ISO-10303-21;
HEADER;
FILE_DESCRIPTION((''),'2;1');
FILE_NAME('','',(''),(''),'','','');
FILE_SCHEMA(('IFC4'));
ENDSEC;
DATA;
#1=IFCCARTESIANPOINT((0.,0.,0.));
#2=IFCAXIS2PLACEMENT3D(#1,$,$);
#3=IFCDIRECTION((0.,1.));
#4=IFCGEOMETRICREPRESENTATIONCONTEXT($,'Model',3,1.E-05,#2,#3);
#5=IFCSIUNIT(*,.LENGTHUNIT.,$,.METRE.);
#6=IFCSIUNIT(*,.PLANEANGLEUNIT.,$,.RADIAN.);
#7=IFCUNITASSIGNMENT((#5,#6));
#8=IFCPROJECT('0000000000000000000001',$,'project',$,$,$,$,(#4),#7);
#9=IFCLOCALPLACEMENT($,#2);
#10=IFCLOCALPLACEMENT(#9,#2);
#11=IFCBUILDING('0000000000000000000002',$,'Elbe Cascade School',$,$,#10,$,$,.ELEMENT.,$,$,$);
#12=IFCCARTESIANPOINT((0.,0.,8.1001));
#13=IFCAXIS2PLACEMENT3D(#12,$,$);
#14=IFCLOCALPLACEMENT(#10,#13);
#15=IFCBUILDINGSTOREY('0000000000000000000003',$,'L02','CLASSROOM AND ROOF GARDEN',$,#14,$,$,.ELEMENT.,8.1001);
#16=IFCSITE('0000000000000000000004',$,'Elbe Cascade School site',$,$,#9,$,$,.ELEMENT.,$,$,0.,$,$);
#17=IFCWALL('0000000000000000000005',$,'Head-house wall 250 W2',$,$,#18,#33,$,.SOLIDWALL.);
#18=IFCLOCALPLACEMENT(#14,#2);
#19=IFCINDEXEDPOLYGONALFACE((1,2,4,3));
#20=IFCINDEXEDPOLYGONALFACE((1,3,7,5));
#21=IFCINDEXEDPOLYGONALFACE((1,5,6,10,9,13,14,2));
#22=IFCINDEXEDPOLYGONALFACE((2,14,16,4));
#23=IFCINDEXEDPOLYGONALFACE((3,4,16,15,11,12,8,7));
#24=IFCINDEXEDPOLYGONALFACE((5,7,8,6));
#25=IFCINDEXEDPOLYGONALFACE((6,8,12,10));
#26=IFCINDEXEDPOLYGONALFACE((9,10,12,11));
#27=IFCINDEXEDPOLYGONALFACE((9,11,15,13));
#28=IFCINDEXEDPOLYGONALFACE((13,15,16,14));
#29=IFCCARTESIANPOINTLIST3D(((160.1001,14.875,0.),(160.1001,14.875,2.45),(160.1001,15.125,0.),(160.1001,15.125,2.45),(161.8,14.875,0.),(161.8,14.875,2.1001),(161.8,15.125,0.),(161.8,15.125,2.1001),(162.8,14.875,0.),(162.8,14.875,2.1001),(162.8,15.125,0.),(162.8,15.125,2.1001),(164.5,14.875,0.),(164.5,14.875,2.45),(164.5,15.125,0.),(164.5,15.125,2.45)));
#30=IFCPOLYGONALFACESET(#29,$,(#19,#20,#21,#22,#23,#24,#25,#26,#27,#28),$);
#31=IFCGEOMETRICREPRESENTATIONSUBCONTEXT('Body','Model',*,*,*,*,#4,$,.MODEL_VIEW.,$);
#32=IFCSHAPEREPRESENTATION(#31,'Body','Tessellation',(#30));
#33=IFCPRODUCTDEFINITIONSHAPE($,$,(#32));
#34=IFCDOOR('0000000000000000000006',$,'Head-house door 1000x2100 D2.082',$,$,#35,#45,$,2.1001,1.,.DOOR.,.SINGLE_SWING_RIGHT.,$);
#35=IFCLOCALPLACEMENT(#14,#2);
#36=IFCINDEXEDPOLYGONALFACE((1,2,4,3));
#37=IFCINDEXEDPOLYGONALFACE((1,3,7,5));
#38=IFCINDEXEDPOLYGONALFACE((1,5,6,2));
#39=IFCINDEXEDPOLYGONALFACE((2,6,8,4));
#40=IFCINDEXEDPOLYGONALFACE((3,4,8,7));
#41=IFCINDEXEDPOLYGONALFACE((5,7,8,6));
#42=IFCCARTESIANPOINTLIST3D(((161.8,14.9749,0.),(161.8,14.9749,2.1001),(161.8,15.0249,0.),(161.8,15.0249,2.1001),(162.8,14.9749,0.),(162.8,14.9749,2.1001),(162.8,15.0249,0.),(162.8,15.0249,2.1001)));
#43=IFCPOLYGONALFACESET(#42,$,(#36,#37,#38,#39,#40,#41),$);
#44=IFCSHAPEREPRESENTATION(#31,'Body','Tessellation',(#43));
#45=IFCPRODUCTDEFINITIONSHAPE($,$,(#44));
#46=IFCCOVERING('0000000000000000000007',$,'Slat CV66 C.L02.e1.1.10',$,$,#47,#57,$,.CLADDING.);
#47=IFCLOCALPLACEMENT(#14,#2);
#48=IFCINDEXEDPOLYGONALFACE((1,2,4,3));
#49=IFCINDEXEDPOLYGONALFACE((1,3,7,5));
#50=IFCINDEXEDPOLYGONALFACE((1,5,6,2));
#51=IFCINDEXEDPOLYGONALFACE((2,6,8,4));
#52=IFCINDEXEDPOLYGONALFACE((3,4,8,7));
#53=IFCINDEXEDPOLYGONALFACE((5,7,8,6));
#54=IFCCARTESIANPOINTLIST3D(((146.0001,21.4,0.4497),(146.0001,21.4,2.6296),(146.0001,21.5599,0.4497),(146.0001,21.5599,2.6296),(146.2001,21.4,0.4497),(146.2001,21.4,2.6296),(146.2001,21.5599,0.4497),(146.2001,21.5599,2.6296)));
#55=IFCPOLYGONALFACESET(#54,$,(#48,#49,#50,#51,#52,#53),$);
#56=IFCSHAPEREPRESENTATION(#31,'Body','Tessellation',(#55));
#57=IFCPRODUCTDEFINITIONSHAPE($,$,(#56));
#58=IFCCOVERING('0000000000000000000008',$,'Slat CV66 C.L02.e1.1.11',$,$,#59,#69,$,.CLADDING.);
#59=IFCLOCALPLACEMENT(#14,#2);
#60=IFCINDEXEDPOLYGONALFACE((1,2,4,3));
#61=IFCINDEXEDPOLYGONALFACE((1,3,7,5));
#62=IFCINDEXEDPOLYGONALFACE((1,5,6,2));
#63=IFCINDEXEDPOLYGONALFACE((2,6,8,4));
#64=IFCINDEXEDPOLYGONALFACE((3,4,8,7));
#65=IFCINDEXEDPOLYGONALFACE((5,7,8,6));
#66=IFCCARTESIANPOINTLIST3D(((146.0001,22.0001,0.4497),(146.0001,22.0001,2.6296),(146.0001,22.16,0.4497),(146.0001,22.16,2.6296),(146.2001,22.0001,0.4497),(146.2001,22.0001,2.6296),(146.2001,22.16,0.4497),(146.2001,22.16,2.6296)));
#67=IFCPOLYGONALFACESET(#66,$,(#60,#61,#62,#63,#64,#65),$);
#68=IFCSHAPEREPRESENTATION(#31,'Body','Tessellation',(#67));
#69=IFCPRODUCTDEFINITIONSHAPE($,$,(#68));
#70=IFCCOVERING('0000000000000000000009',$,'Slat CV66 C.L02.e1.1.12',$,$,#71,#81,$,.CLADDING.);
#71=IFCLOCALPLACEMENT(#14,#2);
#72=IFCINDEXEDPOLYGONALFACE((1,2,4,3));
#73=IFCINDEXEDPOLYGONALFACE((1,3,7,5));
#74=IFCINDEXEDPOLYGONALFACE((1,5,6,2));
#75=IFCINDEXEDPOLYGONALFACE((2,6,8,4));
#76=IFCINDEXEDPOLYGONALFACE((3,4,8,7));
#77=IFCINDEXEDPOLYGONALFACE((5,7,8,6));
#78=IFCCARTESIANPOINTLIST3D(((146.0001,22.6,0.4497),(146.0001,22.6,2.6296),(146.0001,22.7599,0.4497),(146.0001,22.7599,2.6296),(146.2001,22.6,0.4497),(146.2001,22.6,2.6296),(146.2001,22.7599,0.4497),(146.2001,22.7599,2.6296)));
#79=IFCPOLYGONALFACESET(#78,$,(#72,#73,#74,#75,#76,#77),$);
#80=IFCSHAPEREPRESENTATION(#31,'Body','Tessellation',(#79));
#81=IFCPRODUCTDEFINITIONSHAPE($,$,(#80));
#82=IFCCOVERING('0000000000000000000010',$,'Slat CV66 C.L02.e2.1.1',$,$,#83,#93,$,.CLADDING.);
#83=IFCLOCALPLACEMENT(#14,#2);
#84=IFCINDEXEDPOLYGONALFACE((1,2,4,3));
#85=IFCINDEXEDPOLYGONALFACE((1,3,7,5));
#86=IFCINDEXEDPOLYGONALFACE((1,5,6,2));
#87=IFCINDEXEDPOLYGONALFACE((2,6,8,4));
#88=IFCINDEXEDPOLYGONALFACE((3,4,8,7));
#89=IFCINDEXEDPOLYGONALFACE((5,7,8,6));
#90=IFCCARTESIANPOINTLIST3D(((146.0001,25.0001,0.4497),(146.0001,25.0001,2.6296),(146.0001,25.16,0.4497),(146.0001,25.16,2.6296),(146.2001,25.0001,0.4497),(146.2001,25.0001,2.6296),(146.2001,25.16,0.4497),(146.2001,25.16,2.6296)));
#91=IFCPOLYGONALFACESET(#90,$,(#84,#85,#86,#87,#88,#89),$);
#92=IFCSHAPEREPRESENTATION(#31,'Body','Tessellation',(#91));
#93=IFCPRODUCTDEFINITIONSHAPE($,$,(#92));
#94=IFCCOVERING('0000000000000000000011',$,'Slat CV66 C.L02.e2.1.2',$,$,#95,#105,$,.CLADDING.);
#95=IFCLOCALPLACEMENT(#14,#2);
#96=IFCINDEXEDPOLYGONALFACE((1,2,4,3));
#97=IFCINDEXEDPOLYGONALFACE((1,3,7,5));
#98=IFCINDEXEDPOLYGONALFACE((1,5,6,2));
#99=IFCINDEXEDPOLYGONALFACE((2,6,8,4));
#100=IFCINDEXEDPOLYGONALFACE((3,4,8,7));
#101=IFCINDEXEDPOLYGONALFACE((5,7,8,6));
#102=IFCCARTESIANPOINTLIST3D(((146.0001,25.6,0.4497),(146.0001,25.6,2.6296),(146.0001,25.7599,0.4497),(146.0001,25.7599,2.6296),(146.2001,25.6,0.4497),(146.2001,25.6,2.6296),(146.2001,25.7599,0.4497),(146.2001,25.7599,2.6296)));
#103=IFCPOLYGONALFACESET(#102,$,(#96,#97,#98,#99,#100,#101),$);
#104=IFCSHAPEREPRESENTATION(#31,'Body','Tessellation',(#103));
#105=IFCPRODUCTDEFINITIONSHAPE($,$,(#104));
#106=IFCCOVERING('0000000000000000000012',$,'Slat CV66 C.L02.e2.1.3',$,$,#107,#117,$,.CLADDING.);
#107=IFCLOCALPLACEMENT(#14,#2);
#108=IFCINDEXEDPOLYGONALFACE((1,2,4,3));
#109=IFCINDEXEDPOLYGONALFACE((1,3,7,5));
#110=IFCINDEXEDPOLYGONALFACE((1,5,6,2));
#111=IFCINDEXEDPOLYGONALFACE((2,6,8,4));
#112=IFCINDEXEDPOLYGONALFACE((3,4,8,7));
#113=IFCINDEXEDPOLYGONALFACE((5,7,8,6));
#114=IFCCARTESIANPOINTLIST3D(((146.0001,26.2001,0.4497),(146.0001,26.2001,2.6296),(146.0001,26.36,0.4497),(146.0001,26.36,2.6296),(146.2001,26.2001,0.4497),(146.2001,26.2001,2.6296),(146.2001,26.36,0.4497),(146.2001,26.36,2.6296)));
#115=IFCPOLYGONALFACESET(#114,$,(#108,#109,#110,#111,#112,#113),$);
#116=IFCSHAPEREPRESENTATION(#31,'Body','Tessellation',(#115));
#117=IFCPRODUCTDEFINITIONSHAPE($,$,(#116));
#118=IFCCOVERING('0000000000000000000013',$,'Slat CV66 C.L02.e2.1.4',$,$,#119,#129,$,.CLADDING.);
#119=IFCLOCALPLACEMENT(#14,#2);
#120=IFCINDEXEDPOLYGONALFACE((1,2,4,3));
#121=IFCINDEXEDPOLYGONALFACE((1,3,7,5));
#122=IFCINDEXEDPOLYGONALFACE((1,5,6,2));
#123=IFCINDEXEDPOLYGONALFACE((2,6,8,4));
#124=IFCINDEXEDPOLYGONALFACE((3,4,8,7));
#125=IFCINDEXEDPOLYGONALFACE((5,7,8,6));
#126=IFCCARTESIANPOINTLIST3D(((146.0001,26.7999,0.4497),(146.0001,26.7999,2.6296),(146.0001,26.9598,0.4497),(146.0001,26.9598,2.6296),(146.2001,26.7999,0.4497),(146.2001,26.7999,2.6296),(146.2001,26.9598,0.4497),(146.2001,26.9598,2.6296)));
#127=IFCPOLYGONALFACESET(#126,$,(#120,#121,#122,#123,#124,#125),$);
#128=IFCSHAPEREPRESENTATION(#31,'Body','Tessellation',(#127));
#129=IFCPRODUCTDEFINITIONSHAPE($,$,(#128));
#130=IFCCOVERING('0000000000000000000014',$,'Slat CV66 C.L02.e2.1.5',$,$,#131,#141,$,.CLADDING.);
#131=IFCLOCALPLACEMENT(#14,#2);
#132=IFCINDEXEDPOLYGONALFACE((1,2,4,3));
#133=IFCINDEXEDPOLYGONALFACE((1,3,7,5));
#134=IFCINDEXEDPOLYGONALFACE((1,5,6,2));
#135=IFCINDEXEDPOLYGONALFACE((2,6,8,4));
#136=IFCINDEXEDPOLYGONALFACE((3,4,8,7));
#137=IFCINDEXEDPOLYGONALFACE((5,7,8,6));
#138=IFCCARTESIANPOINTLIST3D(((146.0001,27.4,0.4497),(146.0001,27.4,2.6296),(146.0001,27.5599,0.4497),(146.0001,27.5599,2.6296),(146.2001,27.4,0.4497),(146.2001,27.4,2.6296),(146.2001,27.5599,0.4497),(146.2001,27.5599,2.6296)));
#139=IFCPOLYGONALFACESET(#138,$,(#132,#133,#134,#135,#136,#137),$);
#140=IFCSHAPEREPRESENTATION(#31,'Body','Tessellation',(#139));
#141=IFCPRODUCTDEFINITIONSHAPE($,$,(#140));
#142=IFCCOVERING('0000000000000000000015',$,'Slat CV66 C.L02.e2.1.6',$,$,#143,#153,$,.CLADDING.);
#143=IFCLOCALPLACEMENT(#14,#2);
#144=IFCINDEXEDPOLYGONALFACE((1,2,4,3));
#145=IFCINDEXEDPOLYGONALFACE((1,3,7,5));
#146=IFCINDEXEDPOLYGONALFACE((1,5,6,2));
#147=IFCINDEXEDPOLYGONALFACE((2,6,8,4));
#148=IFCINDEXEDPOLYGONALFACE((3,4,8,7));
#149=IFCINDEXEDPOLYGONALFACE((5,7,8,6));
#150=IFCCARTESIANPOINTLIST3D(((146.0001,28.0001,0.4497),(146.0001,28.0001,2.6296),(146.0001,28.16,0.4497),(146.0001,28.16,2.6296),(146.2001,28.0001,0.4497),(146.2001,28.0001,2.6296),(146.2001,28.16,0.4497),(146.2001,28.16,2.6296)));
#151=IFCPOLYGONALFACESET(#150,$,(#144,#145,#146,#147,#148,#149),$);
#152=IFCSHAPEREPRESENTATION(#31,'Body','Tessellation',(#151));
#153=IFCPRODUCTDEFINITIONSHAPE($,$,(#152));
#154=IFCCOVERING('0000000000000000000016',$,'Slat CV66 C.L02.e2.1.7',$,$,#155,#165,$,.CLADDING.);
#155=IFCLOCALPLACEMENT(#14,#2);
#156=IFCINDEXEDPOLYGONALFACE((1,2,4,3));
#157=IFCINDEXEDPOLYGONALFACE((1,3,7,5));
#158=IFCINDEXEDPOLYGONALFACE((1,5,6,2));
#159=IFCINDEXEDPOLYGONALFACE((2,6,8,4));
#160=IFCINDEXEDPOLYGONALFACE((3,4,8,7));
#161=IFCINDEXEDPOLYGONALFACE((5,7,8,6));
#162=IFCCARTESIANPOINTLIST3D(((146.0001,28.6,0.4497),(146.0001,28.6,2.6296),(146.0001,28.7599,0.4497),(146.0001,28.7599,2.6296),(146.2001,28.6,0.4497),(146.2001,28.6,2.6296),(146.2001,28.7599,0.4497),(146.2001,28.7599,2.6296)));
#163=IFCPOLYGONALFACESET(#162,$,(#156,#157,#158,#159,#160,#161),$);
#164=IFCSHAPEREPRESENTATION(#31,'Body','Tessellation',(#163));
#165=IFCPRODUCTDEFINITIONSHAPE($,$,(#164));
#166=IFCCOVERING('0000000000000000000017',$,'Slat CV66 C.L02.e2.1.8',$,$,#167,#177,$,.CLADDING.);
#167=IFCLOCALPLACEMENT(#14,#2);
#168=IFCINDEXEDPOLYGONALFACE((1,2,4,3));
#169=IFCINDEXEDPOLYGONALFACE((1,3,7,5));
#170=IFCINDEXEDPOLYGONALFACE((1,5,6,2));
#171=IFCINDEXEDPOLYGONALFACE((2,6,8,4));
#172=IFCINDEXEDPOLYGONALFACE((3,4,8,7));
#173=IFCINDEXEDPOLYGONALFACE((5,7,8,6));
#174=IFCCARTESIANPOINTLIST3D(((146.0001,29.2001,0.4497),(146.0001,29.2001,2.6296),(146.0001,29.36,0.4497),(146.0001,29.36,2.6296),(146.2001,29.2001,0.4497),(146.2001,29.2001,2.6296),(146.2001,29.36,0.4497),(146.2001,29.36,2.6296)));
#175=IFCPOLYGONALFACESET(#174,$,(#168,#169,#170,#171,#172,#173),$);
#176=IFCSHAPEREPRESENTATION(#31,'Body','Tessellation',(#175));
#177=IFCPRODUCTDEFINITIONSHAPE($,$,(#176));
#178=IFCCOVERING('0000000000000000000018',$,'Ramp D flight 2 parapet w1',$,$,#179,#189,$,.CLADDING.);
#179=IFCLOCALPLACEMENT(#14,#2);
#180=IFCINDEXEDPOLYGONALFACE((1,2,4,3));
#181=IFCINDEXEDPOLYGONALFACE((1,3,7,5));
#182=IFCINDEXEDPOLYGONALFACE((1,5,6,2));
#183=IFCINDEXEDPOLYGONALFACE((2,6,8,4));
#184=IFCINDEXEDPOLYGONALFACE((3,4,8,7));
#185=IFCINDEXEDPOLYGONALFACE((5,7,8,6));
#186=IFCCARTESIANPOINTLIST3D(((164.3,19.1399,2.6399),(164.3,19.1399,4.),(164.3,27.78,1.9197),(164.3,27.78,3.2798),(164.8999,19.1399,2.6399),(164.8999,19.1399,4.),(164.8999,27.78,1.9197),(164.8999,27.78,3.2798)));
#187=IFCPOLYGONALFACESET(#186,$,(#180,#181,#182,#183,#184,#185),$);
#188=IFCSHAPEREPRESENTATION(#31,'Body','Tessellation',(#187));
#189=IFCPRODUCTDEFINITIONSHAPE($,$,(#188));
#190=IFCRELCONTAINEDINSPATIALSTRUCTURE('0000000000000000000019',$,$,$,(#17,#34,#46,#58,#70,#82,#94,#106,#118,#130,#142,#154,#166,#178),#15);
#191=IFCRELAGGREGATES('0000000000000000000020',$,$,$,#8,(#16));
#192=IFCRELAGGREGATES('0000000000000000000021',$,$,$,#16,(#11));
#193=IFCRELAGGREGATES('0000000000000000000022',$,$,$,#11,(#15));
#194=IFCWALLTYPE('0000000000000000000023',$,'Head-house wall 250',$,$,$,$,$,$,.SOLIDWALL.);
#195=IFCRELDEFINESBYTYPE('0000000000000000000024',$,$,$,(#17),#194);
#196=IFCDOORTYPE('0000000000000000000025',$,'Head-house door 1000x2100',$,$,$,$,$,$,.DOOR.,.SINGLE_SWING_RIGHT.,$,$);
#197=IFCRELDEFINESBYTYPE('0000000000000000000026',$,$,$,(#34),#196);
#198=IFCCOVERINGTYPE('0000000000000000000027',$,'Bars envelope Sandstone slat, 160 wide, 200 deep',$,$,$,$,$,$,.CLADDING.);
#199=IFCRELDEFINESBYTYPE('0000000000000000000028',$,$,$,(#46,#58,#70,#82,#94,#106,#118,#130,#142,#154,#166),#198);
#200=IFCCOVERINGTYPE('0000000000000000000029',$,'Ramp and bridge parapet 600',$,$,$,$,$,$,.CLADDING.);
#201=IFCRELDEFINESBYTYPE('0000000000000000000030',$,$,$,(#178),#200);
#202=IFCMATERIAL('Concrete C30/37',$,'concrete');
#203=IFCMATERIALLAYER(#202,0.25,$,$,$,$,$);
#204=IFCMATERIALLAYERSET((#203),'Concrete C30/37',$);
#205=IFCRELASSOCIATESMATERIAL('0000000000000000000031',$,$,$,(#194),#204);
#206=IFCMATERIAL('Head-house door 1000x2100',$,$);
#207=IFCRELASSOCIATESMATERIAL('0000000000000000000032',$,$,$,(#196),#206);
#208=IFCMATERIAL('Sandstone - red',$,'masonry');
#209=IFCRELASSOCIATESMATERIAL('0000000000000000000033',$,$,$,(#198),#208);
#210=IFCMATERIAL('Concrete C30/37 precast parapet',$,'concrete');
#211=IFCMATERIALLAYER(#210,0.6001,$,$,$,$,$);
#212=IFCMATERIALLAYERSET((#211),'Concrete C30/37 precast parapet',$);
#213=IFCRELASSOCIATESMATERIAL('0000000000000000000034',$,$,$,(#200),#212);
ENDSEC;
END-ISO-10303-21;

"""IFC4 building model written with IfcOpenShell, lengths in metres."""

from ifc_helpers import new_model, si_unit, direction, frame, frame_2d, origin, origin_2d, place, context, subcontext, project, spatial, polyline, rectangle, outline, extrude, material, layer, layer_set, type_object, element, fill, save


model = new_model("IFC4")

# Units and contexts
model_context = context("Model", 3, precision=1e-05, world=origin(), true_north=direction((0.0, 1.0)))
body_context = subcontext(model_context, "Body", "Model", "MODEL_VIEW")
ifc_project = project(units=[si_unit("LENGTHUNIT", "METRE"), si_unit("PLANEANGLEUNIT", "RADIAN")], contexts=[model_context])

# Site, building, storey
site_placement = place(None, origin())
site = spatial("IfcSite", under=ifc_project, at=site_placement, Name="Elbe Cascade School site", CompositionType="ELEMENT", RefElevation=0.0)
building_placement = place(site_placement, origin())
building = spatial("IfcBuilding", under=site, at=building_placement, Name="Elbe Cascade School", CompositionType="ELEMENT")
storey_placement = place(building_placement, frame((0.0, 0.0, 8.1001)))
storey = spatial("IfcBuildingStorey", under=building, at=storey_placement, Name="L02", Description="CLASSROOM AND ROOF GARDEN", CompositionType="ELEMENT", Elevation=8.1001)

# Wall, opening, door
ifc_material_1 = material(Name="Concrete C30/37", Category="concrete")
ifc_layer_1 = layer(ifc_material_1, 0.25)
ifc_layer_set_1 = layer_set([ifc_layer_1], Name="Concrete C30/37")
wall_type = type_object("IfcWallType", Name="Head-house wall 250", PredefinedType="SOLIDWALL", material=ifc_layer_set_1)
wall_placement = place(storey_placement, frame((160.1001, 15.0, 0.0), z_axis=(0.0, 0.0, 1.0), x_axis=(1.0, 0.0, 0.0)))
wall = element("IfcWall", 1, at=wall_placement, inside=storey, type_object=wall_type, Name="Head-house wall 250 W2", PredefinedType="SOLIDWALL", context=body_context, shape_type="SweptSolid", body=[
    extrude(rectangle(XDim=4.3999, YDim=0.25, at=frame_2d((2.2, 0.0))), origin(), (0.0, 0.0, 1.0), 2.45),
])
opening_placement = place(wall_placement, frame((1.7, 0.0, 0.0)))
opening = element("IfcOpeningElement", 2, at=opening_placement, cuts=wall, PredefinedType="OPENING", context=body_context, shape_type="SweptSolid", body=[
    extrude(rectangle(XDim=1.0, YDim=2.1001, at=frame_2d((0.5, 1.05))), frame((0.0, 0.135, 0.0), z_axis=(0.0, -1.0, 0.0), x_axis=(1.0, 0.0, 0.0)), (0.0, 0.0, 1.0), 0.27),
])
ifc_material_2 = material(Name="Head-house door 1000x2100")
door_type = type_object("IfcDoorType", Name="Head-house door 1000x2100", OperationType="SINGLE_SWING_RIGHT", PredefinedType="DOOR", material=ifc_material_2)
door_placement = place(opening_placement, origin())
door = element("IfcDoor", 3, at=door_placement, inside=storey, type_object=door_type, Name="Head-house door 1000x2100 D2.082", OperationType="SINGLE_SWING_RIGHT", OverallHeight=2.1001, OverallWidth=1.0, PredefinedType="DOOR", context=body_context, shape_type="SweptSolid", body=[
    extrude(rectangle(XDim=1.0, YDim=2.1001, at=frame_2d((0.5, 1.05))), frame((0.0, 0.0249, 0.0), z_axis=(0.0, -1.0, 0.0), x_axis=(1.0, 0.0, 0.0)), (0.0, 0.0, 1.0), 0.05),
])
fill(opening, door)

# Coverings
ifc_material_3 = material(Name="Sandstone - red", Category="masonry")
covering_type_1 = type_object("IfcCoveringType", Name="Bars envelope Sandstone slat, 160 wide, 200 deep", PredefinedType="CLADDING", material=ifc_material_3)
for number, where, z_axis, x_axis, name in (
    (4, (146.1001, 21.48, 0.4497), (0.0, 0.0, 1.0), (0.0, 1.0, 0.0), "Slat CV66 C.L02.e1.1.10"),
    (5, (146.1001, 22.0801, 0.4497), (0.0, 0.0, 1.0), (0.0, 1.0, 0.0), "Slat CV66 C.L02.e1.1.11"),
    (6, (146.1001, 22.6799, 0.4497), (0.0, 0.0, 1.0), (0.0, 1.0, 0.0), "Slat CV66 C.L02.e1.1.12"),
    (7, (146.1001, 25.0801, 0.4497), (0.0, 0.0, 1.0), (0.0, 1.0, 0.0), "Slat CV66 C.L02.e2.1.1"),
    (8, (146.1001, 25.6799, 0.4497), (0.0, 0.0, 1.0), (0.0, 1.0, 0.0), "Slat CV66 C.L02.e2.1.2"),
    (9, (146.1001, 26.28, 0.4497), (0.0, 0.0, 1.0), (0.0, 1.0, 0.0), "Slat CV66 C.L02.e2.1.3"),
    (10, (146.1001, 26.8799, 0.4497), (0.0, 0.0, 1.0), (0.0, 1.0, 0.0), "Slat CV66 C.L02.e2.1.4"),
    (11, (146.1001, 27.48, 0.4497), (0.0, 0.0, 1.0), (0.0, 1.0, 0.0), "Slat CV66 C.L02.e2.1.5"),
    (12, (146.1001, 28.0801, 0.4497), (0.0, 0.0, 1.0), (0.0, 1.0, 0.0), "Slat CV66 C.L02.e2.1.6"),
    (13, (146.1001, 28.6799, 0.4497), (0.0, 0.0, 1.0), (0.0, 1.0, 0.0), "Slat CV66 C.L02.e2.1.7"),
    (14, (146.1001, 29.28, 0.4497), (0.0, 0.0, 1.0), (0.0, 1.0, 0.0), "Slat CV66 C.L02.e2.1.8"),
):
    element("IfcCovering", number, at=place(storey_placement, frame(where, z_axis=z_axis, x_axis=x_axis)), inside=storey, type_object=covering_type_1, Name=name, PredefinedType="CLADDING", context=body_context, shape_type="SweptSolid", body=[
        extrude(rectangle(XDim=0.1599, YDim=0.2, at=origin_2d()), origin(), (0.0, 0.0, 1.0), 2.1799),
    ])
ifc_material_4 = material(Name="Concrete C30/37 precast parapet", Category="concrete")
ifc_layer_2 = layer(ifc_material_4, 0.6001)
ifc_layer_set_2 = layer_set([ifc_layer_2], Name="Concrete C30/37 precast parapet")
covering_type_2 = type_object("IfcCoveringType", Name="Ramp and bridge parapet 600", PredefinedType="CLADDING", material=ifc_layer_set_2)
covering_placement = place(storey_placement, frame((164.3, 19.1399, 4.0), z_axis=(0.0, 0.083069, 0.996544), x_axis=(0.0, 0.996544, -0.083069)))
element("IfcCovering", 15, at=covering_placement, inside=storey, type_object=covering_type_2, Name="Ramp D flight 2 parapet w1", PredefinedType="CLADDING", context=body_context, shape_type="SweptSolid", body=[
    extrude(outline(polyline([(0.0, 0.0), (8.6701, 0.0), (8.6701, -0.5999), (0.0, -0.5999), (0.0, 0.0)])), origin(), (0.083069, 0.0, -0.996544), 1.3601),
])

save(model, "model.ifc")
